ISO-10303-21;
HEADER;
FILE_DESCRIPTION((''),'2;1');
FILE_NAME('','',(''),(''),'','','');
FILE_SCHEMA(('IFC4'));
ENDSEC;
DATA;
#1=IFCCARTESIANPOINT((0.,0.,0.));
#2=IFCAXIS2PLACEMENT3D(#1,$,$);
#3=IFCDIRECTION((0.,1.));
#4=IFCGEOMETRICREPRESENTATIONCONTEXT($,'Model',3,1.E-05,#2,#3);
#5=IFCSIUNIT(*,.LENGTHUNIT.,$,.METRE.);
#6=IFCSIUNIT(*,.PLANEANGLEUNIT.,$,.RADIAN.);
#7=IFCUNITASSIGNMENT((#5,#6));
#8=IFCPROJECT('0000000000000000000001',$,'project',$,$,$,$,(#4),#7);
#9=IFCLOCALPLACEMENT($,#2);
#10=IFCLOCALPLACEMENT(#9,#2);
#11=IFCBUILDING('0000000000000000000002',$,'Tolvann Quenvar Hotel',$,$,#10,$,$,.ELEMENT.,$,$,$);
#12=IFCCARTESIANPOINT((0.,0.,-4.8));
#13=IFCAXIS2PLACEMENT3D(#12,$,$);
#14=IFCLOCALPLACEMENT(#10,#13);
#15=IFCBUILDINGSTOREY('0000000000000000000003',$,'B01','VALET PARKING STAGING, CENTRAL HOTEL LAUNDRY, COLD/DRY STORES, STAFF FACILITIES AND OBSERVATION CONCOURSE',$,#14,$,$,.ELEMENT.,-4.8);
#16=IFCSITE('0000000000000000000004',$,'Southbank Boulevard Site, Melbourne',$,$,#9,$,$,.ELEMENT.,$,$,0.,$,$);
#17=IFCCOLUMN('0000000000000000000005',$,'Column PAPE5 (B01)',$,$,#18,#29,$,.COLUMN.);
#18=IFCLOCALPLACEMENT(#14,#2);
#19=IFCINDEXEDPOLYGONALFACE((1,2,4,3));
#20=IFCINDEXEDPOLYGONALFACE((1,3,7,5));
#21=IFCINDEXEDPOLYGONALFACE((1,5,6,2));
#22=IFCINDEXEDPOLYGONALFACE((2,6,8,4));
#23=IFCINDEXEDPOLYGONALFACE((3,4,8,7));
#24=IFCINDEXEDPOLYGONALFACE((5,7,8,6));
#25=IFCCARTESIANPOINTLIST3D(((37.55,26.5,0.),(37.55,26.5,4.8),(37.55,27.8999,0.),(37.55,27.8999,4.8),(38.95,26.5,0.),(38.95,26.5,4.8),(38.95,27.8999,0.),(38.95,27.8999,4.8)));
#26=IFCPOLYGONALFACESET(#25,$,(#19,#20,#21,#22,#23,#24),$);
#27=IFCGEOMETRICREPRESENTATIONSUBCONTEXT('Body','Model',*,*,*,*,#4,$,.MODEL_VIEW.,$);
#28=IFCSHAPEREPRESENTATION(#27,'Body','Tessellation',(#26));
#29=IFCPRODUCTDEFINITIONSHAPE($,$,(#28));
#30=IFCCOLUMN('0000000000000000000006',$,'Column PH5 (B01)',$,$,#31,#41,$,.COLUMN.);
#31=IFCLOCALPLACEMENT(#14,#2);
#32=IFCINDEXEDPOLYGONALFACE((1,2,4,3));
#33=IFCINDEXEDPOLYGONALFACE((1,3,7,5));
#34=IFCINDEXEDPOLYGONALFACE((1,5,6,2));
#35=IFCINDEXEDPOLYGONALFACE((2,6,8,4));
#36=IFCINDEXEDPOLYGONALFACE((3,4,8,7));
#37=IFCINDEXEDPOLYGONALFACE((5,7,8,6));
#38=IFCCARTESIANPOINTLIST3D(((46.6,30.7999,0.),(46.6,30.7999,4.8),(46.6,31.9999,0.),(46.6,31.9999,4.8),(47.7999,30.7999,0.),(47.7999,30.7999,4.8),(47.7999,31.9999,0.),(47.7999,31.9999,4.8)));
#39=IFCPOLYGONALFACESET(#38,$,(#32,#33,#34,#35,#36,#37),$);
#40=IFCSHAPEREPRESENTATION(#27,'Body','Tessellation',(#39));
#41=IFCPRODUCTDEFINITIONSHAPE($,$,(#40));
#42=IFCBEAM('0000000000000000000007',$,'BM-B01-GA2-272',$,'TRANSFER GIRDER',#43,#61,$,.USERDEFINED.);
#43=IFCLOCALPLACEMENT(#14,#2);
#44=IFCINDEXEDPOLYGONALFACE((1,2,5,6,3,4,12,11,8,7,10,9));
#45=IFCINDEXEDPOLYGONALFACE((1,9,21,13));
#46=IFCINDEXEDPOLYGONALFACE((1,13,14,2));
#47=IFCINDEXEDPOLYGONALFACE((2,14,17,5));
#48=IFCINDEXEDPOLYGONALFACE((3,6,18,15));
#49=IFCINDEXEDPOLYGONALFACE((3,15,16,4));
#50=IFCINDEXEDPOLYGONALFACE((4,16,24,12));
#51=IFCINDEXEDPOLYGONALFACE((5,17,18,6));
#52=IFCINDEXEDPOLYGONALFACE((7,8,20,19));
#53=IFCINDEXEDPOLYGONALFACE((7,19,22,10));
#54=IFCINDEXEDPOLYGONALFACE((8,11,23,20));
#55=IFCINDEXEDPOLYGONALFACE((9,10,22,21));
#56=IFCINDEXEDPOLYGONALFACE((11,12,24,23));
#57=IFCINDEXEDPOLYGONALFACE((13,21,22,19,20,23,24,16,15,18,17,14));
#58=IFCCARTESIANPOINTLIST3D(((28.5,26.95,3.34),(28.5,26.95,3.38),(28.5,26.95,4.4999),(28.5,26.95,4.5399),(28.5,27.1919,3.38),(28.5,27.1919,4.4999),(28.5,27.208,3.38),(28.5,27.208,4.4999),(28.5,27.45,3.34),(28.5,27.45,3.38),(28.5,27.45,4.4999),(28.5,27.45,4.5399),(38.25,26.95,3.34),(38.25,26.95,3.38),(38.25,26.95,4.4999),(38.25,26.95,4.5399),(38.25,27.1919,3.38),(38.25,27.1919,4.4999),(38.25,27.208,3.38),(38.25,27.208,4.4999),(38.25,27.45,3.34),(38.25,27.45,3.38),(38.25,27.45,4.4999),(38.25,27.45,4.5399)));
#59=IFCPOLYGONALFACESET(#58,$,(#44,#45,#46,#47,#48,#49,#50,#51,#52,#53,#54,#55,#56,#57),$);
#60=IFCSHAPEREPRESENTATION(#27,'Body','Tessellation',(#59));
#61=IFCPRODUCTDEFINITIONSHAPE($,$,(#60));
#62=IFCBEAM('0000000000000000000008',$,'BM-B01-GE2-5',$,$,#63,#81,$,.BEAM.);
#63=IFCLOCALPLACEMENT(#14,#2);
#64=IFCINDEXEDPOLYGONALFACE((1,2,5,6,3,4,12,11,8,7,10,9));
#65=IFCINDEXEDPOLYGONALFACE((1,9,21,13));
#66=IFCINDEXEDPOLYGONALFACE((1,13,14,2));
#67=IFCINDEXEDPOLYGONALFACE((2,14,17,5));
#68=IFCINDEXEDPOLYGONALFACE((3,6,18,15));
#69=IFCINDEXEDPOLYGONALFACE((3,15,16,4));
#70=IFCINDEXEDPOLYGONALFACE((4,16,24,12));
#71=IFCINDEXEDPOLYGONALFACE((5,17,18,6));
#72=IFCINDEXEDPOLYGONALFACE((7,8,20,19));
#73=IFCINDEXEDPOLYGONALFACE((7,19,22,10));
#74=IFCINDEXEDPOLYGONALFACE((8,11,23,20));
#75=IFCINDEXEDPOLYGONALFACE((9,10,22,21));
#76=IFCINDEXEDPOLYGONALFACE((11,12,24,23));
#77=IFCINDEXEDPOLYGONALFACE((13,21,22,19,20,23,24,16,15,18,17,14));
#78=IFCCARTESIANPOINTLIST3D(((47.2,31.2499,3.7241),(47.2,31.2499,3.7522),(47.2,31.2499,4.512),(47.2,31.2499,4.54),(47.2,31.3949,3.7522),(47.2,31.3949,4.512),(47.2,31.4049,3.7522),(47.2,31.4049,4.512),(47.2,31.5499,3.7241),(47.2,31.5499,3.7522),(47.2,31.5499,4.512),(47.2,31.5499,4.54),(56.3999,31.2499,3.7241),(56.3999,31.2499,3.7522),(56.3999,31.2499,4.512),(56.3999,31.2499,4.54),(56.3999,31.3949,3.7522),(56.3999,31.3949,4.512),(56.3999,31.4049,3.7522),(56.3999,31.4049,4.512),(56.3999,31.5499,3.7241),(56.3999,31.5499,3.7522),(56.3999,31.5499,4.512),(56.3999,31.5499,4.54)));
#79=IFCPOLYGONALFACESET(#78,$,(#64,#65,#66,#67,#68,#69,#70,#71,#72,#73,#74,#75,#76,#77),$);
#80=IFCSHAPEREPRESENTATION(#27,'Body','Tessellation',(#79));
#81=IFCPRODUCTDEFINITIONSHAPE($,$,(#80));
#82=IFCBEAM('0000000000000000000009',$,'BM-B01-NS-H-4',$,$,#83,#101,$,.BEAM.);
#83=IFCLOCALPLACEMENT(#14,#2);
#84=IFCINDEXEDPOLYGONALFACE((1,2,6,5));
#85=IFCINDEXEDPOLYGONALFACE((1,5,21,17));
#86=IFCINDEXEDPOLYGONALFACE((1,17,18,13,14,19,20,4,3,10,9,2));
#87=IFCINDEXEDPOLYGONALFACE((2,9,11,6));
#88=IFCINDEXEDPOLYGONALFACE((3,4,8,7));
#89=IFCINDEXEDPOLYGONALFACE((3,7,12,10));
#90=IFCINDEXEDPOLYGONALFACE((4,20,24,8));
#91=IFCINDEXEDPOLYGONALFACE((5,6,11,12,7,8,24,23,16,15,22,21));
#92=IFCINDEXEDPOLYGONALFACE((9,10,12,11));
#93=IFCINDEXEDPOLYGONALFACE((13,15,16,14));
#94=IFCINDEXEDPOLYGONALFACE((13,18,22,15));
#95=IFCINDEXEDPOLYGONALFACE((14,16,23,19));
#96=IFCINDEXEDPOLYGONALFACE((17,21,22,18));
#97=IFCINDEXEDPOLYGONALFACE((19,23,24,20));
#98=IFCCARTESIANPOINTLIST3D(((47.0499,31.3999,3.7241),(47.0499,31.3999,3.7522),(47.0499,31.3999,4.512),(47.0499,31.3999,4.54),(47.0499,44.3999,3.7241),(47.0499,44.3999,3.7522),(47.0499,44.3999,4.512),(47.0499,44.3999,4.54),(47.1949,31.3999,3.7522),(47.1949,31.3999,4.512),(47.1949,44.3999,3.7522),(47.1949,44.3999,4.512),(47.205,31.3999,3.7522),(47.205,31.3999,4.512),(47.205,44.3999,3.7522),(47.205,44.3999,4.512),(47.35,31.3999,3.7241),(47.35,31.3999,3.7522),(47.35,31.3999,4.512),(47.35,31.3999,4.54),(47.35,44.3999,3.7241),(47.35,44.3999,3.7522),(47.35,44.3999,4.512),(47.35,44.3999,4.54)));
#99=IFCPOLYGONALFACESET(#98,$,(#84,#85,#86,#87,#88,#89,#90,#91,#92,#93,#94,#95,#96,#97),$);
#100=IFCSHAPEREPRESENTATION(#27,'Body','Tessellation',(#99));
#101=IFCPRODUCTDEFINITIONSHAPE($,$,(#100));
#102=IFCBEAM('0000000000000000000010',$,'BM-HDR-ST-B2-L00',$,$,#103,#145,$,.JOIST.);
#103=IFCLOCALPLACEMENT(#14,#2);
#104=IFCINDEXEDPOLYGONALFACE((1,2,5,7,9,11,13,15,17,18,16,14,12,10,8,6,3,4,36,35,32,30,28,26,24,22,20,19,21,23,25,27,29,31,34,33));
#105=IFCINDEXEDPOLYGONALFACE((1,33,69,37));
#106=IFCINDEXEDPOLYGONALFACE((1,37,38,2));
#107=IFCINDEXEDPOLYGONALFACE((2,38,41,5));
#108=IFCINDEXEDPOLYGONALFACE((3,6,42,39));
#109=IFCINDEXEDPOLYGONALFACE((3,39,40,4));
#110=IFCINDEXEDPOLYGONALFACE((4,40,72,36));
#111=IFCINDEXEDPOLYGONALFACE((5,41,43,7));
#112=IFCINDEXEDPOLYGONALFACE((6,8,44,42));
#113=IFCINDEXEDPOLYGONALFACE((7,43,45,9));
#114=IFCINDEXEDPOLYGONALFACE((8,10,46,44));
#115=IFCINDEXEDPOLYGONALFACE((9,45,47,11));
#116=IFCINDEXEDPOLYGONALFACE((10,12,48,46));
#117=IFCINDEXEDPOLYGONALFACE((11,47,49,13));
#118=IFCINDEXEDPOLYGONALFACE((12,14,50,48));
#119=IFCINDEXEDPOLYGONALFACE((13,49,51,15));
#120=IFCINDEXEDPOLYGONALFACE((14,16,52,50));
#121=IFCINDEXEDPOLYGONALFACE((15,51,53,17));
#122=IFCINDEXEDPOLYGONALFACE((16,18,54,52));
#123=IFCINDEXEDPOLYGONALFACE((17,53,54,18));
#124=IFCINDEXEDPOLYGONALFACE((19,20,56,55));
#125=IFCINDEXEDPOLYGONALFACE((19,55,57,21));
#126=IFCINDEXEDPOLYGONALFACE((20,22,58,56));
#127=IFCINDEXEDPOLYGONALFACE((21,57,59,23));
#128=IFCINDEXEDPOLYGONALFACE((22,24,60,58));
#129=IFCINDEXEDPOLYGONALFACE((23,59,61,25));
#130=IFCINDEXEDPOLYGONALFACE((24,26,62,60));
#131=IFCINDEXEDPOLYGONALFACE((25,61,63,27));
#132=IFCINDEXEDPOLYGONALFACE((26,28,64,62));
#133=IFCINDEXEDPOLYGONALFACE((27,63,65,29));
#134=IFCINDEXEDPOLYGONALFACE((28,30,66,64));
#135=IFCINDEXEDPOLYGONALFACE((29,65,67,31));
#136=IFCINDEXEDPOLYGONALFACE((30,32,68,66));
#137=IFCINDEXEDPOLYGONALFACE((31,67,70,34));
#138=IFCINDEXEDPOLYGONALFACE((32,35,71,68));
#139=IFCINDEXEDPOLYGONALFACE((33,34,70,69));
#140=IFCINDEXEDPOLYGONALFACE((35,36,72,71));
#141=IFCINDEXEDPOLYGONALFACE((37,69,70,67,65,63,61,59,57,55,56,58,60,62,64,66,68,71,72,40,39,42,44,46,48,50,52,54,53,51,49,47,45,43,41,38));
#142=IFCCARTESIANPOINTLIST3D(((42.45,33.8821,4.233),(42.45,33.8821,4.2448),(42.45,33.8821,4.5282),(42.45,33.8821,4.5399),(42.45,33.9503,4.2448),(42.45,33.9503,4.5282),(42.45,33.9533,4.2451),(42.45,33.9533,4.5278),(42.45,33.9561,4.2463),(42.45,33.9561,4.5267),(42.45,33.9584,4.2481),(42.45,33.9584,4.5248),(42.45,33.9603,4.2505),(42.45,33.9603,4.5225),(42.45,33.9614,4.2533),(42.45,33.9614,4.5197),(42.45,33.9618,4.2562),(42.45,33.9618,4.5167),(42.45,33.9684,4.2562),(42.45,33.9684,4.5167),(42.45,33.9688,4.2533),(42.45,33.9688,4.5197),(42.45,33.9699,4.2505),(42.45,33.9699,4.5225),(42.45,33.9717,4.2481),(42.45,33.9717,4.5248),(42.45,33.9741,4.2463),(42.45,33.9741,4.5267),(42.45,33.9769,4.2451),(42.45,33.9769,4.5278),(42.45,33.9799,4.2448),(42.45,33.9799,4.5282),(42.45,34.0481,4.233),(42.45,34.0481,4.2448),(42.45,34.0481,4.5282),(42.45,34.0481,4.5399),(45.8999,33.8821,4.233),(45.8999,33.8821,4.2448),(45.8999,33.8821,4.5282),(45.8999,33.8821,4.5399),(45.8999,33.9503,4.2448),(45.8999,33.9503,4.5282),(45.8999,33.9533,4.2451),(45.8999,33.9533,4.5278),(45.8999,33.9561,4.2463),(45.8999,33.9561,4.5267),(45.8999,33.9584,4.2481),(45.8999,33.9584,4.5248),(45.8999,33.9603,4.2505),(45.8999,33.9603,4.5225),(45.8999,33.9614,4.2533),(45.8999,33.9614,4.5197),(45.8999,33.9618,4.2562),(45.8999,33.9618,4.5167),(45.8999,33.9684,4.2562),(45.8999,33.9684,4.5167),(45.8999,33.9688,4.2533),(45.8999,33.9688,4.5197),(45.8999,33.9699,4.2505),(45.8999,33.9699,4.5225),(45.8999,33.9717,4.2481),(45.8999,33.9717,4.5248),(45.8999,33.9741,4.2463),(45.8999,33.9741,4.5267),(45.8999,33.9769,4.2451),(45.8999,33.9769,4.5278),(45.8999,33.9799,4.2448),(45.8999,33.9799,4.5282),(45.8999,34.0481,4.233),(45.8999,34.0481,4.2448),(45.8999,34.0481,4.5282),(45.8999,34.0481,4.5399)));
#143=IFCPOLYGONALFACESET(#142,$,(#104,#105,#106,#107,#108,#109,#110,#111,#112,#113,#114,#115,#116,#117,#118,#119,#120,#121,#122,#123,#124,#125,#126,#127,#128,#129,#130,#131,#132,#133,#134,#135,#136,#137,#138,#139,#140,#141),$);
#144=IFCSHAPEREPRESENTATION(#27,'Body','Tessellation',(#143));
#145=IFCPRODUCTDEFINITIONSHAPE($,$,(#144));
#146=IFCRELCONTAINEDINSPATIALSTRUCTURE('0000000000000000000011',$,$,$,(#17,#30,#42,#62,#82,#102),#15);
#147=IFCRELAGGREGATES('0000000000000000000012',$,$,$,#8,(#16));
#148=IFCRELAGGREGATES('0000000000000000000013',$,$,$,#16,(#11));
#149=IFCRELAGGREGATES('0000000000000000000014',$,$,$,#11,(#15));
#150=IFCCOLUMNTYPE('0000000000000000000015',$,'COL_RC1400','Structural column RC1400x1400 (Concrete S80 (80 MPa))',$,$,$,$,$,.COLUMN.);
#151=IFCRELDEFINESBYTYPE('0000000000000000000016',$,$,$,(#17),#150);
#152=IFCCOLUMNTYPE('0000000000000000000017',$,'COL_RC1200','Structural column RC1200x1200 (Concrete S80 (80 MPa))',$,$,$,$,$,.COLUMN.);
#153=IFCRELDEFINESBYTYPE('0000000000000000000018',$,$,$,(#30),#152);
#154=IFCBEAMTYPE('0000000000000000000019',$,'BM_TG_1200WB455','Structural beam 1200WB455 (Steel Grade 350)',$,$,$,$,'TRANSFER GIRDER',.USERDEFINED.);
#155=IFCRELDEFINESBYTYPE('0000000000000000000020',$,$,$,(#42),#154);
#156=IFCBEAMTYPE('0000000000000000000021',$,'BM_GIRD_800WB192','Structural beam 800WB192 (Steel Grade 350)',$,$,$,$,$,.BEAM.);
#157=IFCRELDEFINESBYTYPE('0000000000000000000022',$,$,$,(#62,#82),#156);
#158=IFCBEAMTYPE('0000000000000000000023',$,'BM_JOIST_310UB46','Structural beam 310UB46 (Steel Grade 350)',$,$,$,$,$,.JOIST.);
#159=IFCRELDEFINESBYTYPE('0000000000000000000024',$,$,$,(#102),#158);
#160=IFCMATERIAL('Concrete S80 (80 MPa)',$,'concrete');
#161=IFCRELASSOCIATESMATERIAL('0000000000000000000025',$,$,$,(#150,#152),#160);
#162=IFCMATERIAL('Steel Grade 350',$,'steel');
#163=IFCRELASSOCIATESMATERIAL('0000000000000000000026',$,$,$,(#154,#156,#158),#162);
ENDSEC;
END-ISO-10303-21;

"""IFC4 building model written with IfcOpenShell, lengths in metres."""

from ifc_helpers import new_model, si_unit, direction, frame, origin, origin_2d, place, context, subcontext, project, spatial, rectangle, i_section, extrude, source, transform, mapped, material, material_profile, profile_set, type_object, type_shapes, element, save


model = new_model("IFC4")

# Units and contexts
model_context = context("Model", 3, precision=1e-05, world=origin(), true_north=direction((0.0, 1.0)))
body_context = subcontext(model_context, "Body", "Model", "MODEL_VIEW")
ifc_project = project(units=[si_unit("LENGTHUNIT", "METRE"), si_unit("PLANEANGLEUNIT", "RADIAN")], contexts=[model_context])

# Site, building, storey
site_placement = place(None, origin())
site = spatial("IfcSite", under=ifc_project, at=site_placement, Name="Southbank Boulevard Site, Melbourne", CompositionType="ELEMENT", RefElevation=0.0)
building_placement = place(site_placement, origin())
building = spatial("IfcBuilding", under=site, at=building_placement, Name="Tolvann Quenvar Hotel", CompositionType="ELEMENT")
storey_placement = place(building_placement, frame((0.0, 0.0, -4.8)))
storey = spatial("IfcBuildingStorey", under=building, at=storey_placement, Name="B01", Description="VALET PARKING STAGING, CENTRAL HOTEL LAUNDRY, COLD/DRY STORES, STAFF FACILITIES AND OBSERVATION CONCOURSE", CompositionType="ELEMENT", Elevation=-4.8)

# Columns
ifc_material_1 = material(Name="Concrete S80 (80 MPa)", Category="concrete")
ifc_material_profile_1 = material_profile(ifc_material_1, rectangle(XDim=1.3999, YDim=1.3999, at=origin_2d()), Name="RC1400x1400")
ifc_profile_set_1 = profile_set([ifc_material_profile_1], Name="Concrete S80 (80 MPa)")
column_type_1 = type_object("IfcColumnType", Name="COL_RC1400", Description="Structural column RC1400x1400 (Concrete S80 (80 MPa))", PredefinedType="COLUMN", material=ifc_profile_set_1)
shared_shape_1 = source(origin(), body_context, "Body", "SweptSolid", [
    extrude(rectangle(XDim=1.3999, YDim=1.3999, at=origin_2d()), origin(), (0.0, 0.0, 1.0), 4.8),
])
type_shapes(column_type_1, [shared_shape_1])
column_1_placement = place(storey_placement, frame((38.25, 27.2, 0.0), z_axis=(0.0, 0.0, 1.0), x_axis=(1.0, 0.0, 0.0)))
element("IfcColumn", 1, at=column_1_placement, inside=storey, type_object=column_type_1, Name="Column PAPE5 (B01)", PredefinedType="COLUMN", context=body_context, shape_type="MappedRepresentation", body=[
    mapped(shared_shape_1, transform((0.0, 0.0, 0.0), x_axis=(1.0, 0.0, 0.0), y_axis=(0.0, 1.0, 0.0), z_axis=(0.0, 0.0, 1.0), scale=1.0)),
])
ifc_material_profile_2 = material_profile(ifc_material_1, rectangle(XDim=1.2, YDim=1.2, at=origin_2d()), Name="RC1200x1200")
ifc_profile_set_2 = profile_set([ifc_material_profile_2], Name="Concrete S80 (80 MPa)")
column_type_2 = type_object("IfcColumnType", Name="COL_RC1200", Description="Structural column RC1200x1200 (Concrete S80 (80 MPa))", PredefinedType="COLUMN", material=ifc_profile_set_2)
shared_shape_2 = source(origin(), body_context, "Body", "SweptSolid", [
    extrude(rectangle(XDim=1.2, YDim=1.2, at=origin_2d()), origin(), (0.0, 0.0, 1.0), 4.8),
])
type_shapes(column_type_2, [shared_shape_2])
column_2_placement = place(storey_placement, frame((47.2, 31.3999, 0.0), z_axis=(0.0, 0.0, 1.0), x_axis=(1.0, 0.0, 0.0)))
element("IfcColumn", 2, at=column_2_placement, inside=storey, type_object=column_type_2, Name="Column PH5 (B01)", PredefinedType="COLUMN", context=body_context, shape_type="MappedRepresentation", body=[
    mapped(shared_shape_2, transform((0.0, 0.0, 0.0), x_axis=(1.0, 0.0, 0.0), y_axis=(0.0, 1.0, 0.0), z_axis=(0.0, 0.0, 1.0), scale=1.0)),
])

# Beams
ifc_material_2 = material(Name="Steel Grade 350", Category="steel")
ifc_material_profile_3 = material_profile(ifc_material_2, i_section(OverallWidth=0.5, OverallDepth=1.2, WebThickness=0.0161, FlangeThickness=0.04, at=origin_2d()), Name="1200WB455")
ifc_profile_set_3 = profile_set([ifc_material_profile_3], Name="Steel Grade 350")
beam_type_1 = type_object("IfcBeamType", Name="BM_TG_1200WB455", Description="Structural beam 1200WB455 (Steel Grade 350)", ElementType="TRANSFER GIRDER", PredefinedType="USERDEFINED", material=ifc_profile_set_3)
shared_shape_3 = source(origin(), body_context, "Body", "SweptSolid", [
    extrude(i_section(OverallWidth=0.5, OverallDepth=1.2, WebThickness=0.0161, FlangeThickness=0.04, at=origin_2d()), origin(), (0.0, 0.0, 1.0), 9.75),
])
type_shapes(beam_type_1, [shared_shape_3])
beam_1_placement = place(storey_placement, frame((28.5, 27.2, 3.9399), z_axis=(1.0, 0.0, 0.0), x_axis=(0.0, 1.0, 0.0)))
element("IfcBeam", 3, at=beam_1_placement, inside=storey, type_object=beam_type_1, Name="BM-B01-GA2-272", ObjectType="TRANSFER GIRDER", PredefinedType="USERDEFINED", context=body_context, shape_type="MappedRepresentation", body=[
    mapped(shared_shape_3, transform((0.0, 0.0, 0.0), x_axis=(1.0, 0.0, 0.0), y_axis=(0.0, 1.0, 0.0), z_axis=(0.0, 0.0, 1.0), scale=1.0)),
])
ifc_material_profile_4 = material_profile(ifc_material_2, i_section(OverallWidth=0.3, OverallDepth=0.8159, WebThickness=0.01, FlangeThickness=0.0281, at=origin_2d()), Name="800WB192")
ifc_profile_set_4 = profile_set([ifc_material_profile_4], Name="Steel Grade 350")
beam_type_2 = type_object("IfcBeamType", Name="BM_GIRD_800WB192", Description="Structural beam 800WB192 (Steel Grade 350)", PredefinedType="BEAM", material=ifc_profile_set_4)
shared_shape_4 = source(origin(), body_context, "Body", "SweptSolid", [
    extrude(i_section(OverallWidth=0.3, OverallDepth=0.8159, WebThickness=0.01, FlangeThickness=0.0281, at=origin_2d()), origin(), (0.0, 0.0, 1.0), 9.2),
])
beam_2_placement = place(storey_placement, frame((47.2, 31.3999, 4.1321), z_axis=(1.0, 0.0, 0.0), x_axis=(0.0, 1.0, 0.0)))
element("IfcBeam", 4, at=beam_2_placement, inside=storey, type_object=beam_type_2, Name="BM-B01-GE2-5", PredefinedType="BEAM", context=body_context, shape_type="MappedRepresentation", body=[
    mapped(shared_shape_4, transform((0.0, 0.0, 0.0), x_axis=(1.0, 0.0, 0.0), y_axis=(0.0, 1.0, 0.0), z_axis=(0.0, 0.0, 1.0), scale=1.0)),
])
shared_shape_5 = source(origin(), body_context, "Body", "SweptSolid", [
    extrude(i_section(OverallWidth=0.3, OverallDepth=0.8159, WebThickness=0.01, FlangeThickness=0.0281, at=origin_2d()), origin(), (0.0, 0.0, 1.0), 13.0),
])
type_shapes(beam_type_2, [shared_shape_4, shared_shape_5])
beam_3_placement = place(storey_placement, frame((47.2, 31.3999, 4.1321), z_axis=(0.0, 1.0, 0.0), x_axis=(-1.0, 0.0, 0.0)))
element("IfcBeam", 5, at=beam_3_placement, inside=storey, type_object=beam_type_2, Name="BM-B01-NS-H-4", PredefinedType="BEAM", context=body_context, shape_type="MappedRepresentation", body=[
    mapped(shared_shape_5, transform((0.0, 0.0, 0.0), x_axis=(1.0, 0.0, 0.0), y_axis=(0.0, 1.0, 0.0), z_axis=(0.0, 0.0, 1.0), scale=1.0)),
])
ifc_material_profile_5 = material_profile(ifc_material_2, i_section(OverallWidth=0.166, OverallDepth=0.3069, WebThickness=0.0066, FlangeThickness=0.0117, FilletRadius=0.0115, at=origin_2d()), Name="310UB46")
ifc_profile_set_5 = profile_set([ifc_material_profile_5], Name="Steel Grade 350")
beam_type_3 = type_object("IfcBeamType", Name="BM_JOIST_310UB46", Description="Structural beam 310UB46 (Steel Grade 350)", PredefinedType="JOIST", material=ifc_profile_set_5)
shared_shape_6 = source(origin(), body_context, "Body", "SweptSolid", [
    extrude(i_section(OverallWidth=0.166, OverallDepth=0.3069, WebThickness=0.0066, FlangeThickness=0.0117, FilletRadius=0.0115, at=origin_2d()), origin(), (0.0, 0.0, 1.0), 3.45),
])
type_shapes(beam_type_3, [shared_shape_6])
beam_4_placement = place(storey_placement, frame((42.45, 33.9651, 4.3865), z_axis=(1.0, 0.0, 0.0), x_axis=(0.0, 1.0, 0.0)))
element("IfcBeam", 6, at=beam_4_placement, inside=storey, type_object=beam_type_3, Name="BM-HDR-ST-B2-L00", PredefinedType="JOIST", context=body_context, shape_type="MappedRepresentation", body=[
    mapped(shared_shape_6, transform((0.0, 0.0, 0.0), x_axis=(1.0, 0.0, 0.0), y_axis=(0.0, 1.0, 0.0), z_axis=(0.0, 0.0, 1.0), scale=1.0)),
])

save(model, "model.ifc")
